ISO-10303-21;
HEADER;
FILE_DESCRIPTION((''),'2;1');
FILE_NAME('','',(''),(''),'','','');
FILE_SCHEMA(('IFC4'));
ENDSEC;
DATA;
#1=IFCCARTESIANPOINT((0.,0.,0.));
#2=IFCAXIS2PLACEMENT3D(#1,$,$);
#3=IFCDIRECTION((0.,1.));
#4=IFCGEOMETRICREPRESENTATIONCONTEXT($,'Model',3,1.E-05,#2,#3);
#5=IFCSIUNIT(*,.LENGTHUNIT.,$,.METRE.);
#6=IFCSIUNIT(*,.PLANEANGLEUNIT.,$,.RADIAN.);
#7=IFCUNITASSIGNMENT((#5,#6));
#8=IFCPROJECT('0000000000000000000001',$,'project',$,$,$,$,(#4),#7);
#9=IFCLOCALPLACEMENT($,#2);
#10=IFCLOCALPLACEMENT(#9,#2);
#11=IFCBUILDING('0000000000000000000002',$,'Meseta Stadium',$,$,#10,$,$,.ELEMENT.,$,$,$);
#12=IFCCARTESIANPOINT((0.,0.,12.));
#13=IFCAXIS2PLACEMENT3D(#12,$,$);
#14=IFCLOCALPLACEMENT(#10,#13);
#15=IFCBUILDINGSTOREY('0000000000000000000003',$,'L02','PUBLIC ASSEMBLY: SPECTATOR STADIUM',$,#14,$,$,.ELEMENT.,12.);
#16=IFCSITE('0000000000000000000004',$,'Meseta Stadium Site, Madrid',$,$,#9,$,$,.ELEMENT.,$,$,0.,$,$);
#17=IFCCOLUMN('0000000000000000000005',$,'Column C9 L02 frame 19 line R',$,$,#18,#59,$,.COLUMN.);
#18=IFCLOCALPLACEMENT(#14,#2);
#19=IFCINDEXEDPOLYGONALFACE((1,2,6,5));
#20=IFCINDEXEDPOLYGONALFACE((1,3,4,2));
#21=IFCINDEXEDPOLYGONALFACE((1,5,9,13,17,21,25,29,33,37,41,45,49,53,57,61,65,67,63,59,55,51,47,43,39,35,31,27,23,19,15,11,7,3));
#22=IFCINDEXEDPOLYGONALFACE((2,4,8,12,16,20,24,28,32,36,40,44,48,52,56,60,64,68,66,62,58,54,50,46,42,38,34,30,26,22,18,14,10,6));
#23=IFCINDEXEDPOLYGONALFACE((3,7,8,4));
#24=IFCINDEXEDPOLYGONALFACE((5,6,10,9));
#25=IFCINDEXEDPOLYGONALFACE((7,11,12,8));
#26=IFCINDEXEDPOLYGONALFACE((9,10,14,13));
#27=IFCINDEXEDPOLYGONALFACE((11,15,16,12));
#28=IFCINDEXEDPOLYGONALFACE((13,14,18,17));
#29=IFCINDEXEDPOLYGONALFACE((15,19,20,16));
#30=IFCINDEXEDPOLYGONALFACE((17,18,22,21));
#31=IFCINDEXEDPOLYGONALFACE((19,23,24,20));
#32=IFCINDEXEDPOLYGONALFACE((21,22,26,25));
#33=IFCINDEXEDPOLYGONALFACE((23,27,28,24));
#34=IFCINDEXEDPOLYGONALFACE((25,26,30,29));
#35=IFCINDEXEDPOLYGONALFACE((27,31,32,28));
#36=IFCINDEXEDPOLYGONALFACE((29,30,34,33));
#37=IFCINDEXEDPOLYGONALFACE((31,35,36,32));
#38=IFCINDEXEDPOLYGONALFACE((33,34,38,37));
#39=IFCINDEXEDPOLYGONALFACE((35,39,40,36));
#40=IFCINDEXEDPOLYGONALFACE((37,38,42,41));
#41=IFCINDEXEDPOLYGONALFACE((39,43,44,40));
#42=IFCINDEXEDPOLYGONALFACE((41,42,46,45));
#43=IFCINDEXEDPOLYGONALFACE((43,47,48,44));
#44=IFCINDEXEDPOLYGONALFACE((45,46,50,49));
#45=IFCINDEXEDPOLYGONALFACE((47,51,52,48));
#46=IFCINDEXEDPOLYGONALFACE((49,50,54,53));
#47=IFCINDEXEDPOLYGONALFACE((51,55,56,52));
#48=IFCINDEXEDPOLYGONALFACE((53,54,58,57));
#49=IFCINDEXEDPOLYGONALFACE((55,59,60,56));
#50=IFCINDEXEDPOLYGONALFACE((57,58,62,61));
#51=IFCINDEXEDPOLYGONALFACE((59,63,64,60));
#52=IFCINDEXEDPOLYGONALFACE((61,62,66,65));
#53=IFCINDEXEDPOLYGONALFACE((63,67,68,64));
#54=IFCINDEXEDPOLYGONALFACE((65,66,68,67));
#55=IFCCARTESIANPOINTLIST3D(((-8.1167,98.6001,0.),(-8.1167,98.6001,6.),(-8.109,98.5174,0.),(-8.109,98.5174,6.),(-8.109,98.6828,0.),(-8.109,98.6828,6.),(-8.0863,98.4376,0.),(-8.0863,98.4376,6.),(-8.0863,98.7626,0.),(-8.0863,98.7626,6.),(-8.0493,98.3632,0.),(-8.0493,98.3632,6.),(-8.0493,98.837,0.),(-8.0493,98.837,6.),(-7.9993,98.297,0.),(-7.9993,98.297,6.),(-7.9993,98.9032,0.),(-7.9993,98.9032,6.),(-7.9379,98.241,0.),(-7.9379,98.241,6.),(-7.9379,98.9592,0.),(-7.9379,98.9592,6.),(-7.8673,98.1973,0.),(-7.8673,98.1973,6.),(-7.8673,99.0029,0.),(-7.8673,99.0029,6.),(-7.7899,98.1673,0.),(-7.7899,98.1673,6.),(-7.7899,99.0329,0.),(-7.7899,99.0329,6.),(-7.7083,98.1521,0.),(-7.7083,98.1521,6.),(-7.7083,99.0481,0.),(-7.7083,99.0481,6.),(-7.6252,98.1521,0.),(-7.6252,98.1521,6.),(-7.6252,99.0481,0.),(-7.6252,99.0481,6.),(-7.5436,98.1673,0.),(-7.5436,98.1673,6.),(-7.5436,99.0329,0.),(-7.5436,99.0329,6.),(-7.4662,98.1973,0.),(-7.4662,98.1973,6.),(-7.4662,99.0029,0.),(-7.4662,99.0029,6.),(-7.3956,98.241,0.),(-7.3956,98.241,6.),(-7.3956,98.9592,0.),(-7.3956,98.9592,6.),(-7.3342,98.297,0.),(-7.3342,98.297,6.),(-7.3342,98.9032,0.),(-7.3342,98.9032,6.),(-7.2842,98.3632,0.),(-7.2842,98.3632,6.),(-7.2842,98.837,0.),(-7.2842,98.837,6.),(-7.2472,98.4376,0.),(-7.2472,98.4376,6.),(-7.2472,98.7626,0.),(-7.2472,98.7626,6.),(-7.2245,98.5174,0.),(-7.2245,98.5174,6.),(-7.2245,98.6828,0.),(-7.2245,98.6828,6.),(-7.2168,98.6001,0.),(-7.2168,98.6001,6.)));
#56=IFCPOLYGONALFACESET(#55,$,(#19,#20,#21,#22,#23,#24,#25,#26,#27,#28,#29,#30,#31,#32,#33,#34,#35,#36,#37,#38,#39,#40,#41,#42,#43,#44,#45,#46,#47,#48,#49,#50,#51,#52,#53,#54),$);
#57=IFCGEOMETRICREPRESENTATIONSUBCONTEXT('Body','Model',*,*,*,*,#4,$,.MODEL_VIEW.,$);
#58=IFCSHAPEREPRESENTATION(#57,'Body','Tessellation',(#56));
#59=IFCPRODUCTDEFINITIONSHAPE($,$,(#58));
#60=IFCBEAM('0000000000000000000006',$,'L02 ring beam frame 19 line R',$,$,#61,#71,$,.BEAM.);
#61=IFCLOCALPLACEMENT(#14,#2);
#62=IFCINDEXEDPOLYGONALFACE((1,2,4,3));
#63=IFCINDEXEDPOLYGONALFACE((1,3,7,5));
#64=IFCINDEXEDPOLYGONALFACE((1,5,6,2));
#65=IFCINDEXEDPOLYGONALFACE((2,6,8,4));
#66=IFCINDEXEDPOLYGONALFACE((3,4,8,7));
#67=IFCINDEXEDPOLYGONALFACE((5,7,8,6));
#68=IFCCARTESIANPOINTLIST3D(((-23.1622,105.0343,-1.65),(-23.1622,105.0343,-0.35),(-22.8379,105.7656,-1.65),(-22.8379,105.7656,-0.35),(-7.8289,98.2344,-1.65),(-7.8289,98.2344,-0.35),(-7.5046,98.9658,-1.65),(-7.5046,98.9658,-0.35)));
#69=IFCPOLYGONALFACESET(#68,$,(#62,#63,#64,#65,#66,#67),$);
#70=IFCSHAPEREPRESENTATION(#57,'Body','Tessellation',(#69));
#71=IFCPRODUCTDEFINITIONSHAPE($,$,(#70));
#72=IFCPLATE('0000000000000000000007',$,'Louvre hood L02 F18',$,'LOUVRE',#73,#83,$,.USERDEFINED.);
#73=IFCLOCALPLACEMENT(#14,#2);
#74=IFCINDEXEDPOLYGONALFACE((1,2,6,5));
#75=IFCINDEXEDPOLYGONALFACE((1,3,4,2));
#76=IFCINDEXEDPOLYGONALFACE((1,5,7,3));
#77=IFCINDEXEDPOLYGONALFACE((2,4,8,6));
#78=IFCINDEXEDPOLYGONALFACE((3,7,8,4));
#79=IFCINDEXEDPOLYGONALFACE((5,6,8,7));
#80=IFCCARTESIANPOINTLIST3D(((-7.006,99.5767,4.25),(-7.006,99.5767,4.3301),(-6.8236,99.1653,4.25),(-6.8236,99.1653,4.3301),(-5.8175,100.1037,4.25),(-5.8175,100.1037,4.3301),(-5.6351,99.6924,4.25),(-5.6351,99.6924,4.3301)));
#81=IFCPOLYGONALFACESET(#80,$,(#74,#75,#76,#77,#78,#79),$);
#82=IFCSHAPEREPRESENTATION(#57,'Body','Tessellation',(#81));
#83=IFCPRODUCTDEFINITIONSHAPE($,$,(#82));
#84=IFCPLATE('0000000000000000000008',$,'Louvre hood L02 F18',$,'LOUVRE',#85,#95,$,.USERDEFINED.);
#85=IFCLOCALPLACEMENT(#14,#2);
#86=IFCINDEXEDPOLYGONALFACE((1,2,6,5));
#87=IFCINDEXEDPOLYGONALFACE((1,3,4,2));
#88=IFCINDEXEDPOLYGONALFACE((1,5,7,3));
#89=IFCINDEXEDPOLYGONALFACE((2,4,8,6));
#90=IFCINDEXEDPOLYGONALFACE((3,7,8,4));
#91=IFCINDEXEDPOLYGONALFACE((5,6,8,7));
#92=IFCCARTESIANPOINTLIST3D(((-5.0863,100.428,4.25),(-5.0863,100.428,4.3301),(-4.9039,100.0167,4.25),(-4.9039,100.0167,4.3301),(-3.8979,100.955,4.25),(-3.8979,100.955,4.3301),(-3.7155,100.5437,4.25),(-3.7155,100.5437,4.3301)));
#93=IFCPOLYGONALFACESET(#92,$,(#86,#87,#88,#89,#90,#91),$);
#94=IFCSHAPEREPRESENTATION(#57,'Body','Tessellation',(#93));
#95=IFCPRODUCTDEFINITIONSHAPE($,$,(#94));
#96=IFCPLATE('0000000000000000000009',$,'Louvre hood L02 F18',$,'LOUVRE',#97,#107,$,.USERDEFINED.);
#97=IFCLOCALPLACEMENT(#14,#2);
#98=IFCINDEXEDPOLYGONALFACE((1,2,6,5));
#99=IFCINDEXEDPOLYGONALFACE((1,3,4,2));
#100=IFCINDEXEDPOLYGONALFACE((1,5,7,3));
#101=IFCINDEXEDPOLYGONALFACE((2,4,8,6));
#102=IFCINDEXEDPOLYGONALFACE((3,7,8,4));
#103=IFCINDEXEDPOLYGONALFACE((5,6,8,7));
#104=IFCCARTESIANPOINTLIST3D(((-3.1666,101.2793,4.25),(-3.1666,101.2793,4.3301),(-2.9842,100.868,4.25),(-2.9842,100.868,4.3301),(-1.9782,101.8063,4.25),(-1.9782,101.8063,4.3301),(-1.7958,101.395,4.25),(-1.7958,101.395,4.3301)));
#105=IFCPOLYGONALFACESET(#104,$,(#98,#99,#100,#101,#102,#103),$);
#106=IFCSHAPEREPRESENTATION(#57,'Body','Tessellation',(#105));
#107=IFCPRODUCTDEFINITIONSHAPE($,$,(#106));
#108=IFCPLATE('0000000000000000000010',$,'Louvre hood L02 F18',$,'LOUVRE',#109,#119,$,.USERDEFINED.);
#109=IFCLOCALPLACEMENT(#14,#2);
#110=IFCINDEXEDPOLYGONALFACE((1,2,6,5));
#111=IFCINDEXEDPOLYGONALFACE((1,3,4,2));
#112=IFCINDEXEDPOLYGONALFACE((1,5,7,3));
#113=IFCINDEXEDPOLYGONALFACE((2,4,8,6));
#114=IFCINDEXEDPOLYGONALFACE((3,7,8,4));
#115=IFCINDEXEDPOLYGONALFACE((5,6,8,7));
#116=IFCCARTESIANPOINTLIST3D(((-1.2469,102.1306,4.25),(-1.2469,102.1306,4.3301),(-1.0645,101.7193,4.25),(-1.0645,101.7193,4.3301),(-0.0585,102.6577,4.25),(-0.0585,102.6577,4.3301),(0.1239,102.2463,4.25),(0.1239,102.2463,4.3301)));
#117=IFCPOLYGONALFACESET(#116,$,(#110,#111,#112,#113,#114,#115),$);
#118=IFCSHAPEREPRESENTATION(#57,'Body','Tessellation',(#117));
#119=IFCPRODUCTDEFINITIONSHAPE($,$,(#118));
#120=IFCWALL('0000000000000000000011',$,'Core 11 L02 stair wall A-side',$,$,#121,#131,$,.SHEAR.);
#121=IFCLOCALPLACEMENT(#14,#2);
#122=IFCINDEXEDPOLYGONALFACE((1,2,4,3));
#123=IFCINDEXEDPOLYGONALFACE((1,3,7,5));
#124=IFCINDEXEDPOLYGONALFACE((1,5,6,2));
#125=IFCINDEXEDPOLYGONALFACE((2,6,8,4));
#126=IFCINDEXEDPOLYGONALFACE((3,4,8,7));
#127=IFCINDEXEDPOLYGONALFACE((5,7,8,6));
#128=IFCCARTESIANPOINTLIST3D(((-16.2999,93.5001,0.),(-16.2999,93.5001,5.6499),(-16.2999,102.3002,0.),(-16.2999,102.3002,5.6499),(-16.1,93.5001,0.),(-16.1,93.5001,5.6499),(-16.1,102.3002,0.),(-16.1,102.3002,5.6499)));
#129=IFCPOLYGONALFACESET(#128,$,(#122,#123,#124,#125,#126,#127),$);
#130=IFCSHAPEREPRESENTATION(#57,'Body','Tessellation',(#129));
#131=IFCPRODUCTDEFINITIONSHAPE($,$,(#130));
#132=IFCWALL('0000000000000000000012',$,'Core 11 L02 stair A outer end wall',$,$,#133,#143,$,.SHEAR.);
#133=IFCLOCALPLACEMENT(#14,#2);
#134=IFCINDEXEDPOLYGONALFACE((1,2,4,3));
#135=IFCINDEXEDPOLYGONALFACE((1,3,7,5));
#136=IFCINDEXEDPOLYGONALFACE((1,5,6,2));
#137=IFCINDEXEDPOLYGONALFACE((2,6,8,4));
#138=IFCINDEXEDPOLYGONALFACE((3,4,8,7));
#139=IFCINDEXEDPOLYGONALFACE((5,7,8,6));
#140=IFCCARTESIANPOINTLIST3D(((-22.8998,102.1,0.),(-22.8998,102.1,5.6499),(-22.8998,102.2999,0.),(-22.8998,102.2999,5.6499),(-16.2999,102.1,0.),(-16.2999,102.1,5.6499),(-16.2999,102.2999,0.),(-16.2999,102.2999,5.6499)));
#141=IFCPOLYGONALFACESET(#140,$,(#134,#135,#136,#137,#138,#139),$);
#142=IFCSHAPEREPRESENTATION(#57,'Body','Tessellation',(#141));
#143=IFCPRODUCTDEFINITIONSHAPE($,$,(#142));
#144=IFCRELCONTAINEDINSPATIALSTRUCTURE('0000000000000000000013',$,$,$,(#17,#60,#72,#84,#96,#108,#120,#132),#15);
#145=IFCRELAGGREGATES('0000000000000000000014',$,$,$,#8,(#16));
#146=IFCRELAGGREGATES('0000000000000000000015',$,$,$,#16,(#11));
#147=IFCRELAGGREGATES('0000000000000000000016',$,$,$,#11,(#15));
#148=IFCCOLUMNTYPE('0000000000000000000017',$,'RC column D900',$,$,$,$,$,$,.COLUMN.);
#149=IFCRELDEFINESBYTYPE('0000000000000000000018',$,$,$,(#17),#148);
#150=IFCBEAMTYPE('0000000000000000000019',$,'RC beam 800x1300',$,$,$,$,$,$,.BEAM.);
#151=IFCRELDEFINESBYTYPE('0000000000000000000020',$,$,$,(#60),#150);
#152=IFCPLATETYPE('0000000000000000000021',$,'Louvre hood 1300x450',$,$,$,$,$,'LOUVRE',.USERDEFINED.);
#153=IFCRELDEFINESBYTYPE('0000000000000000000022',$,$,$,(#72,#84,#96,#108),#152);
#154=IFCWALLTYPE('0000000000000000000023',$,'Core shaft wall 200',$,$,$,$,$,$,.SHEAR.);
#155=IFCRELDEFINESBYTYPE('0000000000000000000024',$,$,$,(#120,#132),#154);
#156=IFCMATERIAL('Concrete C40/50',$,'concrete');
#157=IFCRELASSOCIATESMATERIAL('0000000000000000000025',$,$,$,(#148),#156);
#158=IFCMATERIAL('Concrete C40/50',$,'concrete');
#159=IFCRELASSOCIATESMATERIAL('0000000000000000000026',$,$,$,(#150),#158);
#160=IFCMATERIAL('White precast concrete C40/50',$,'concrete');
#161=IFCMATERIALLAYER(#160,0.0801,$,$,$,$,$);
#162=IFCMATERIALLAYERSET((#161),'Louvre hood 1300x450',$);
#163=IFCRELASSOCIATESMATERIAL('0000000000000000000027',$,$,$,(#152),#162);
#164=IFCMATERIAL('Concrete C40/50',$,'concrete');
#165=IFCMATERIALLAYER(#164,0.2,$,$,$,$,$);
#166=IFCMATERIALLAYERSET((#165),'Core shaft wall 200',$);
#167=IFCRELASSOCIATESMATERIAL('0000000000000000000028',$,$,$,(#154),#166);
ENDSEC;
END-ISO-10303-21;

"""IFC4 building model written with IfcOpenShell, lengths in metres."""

from ifc_helpers import new_model, si_unit, direction, frame, frame_2d, origin, origin_2d, place, context, subcontext, project, spatial, rectangle, circle, extrude, material, layer, layer_set, material_profile, profile_set, type_object, element, save


model = new_model("IFC4")

# Units and contexts
model_context = context("Model", 3, precision=1e-05, world=origin(), true_north=direction((0.0, 1.0)))
body_context = subcontext(model_context, "Body", "Model", "MODEL_VIEW")
ifc_project = project(units=[si_unit("LENGTHUNIT", "METRE"), si_unit("PLANEANGLEUNIT", "RADIAN")], contexts=[model_context])

# Site, building, storey
site_placement = place(None, origin())
site = spatial("IfcSite", under=ifc_project, at=site_placement, Name="Meseta Stadium Site, Madrid", CompositionType="ELEMENT", RefElevation=0.0)
building_placement = place(site_placement, origin())
building = spatial("IfcBuilding", under=site, at=building_placement, Name="Meseta Stadium", CompositionType="ELEMENT")
storey_placement = place(building_placement, frame((0.0, 0.0, 12.0)))
storey = spatial("IfcBuildingStorey", under=building, at=storey_placement, Name="L02", Description="PUBLIC ASSEMBLY: SPECTATOR STADIUM", CompositionType="ELEMENT", Elevation=12.0)

# Column
ifc_material_1 = material(Name="Concrete C40/50", Category="concrete")
ifc_material_profile_1 = material_profile(ifc_material_1, circle(Radius=0.45, at=origin_2d()), Name="RC D900")
ifc_profile_set_1 = profile_set([ifc_material_profile_1], Name="Concrete C40/50")
column_type = type_object("IfcColumnType", Name="RC column D900", PredefinedType="COLUMN", material=ifc_profile_set_1)
column_placement = place(storey_placement, frame((-7.6667, 98.6001, 0.0), z_axis=(0.0, 0.0, 1.0), x_axis=(1.0, 0.0, 0.0)))
element("IfcColumn", 1, at=column_placement, inside=storey, type_object=column_type, Name="Column C9 L02 frame 19 line R", PredefinedType="COLUMN", context=body_context, shape_type="SweptSolid", body=[
    extrude(circle(Radius=0.45, at=origin_2d()), origin(), (0.0, 0.0, 1.0), 6.0),
])

# Beam
ifc_material_2 = material(Name="Concrete C40/50", Category="concrete")
ifc_material_profile_2 = material_profile(ifc_material_2, rectangle(XDim=0.8, YDim=1.3, at=origin_2d()), Name="RC 800x1300")
ifc_profile_set_2 = profile_set([ifc_material_profile_2], Name="Concrete C40/50")
beam_type = type_object("IfcBeamType", Name="RC beam 800x1300", PredefinedType="BEAM", material=ifc_profile_set_2)
beam_placement = place(storey_placement, frame((-7.6667, 98.6001, -1.0), z_axis=(-0.914143, 0.405393, 0.0), x_axis=(-0.405393, -0.914143, 0.0)))
element("IfcBeam", 2, at=beam_placement, inside=storey, type_object=beam_type, Name="L02 ring beam frame 19 line R", PredefinedType="BEAM", context=body_context, shape_type="SweptSolid", body=[
    extrude(rectangle(XDim=0.8, YDim=1.3, at=origin_2d()), origin(), (0.0, 0.0, 1.0), 16.7734),
])

# Plates
ifc_material_3 = material(Name="White precast concrete C40/50", Category="concrete")
ifc_layer_1 = layer(ifc_material_3, 0.0801)
ifc_layer_set_1 = layer_set([ifc_layer_1], Name="Louvre hood 1300x450")
plate_type = type_object("IfcPlateType", Name="Louvre hood 1300x450", ElementType="LOUVRE", PredefinedType="USERDEFINED", material=ifc_layer_set_1)
for number, where, z_axis, x_axis, name in (
    (3, (-6.3206, 99.6345, 4.25), (0.0, 0.0, 1.0), (-0.914139, -0.405401, 0.0), "Louvre hood L02 F18"),
    (4, (-4.4009, 100.4858, 4.25), (0.0, 0.0, 1.0), (-0.914139, -0.405401, 0.0), "Louvre hood L02 F18"),
    (5, (-2.4812, 101.3372, 4.25), (0.0, 0.0, 1.0), (-0.914139, -0.405401, 0.0), "Louvre hood L02 F18"),
    (6, (-0.5615, 102.1885, 4.25), (0.0, 0.0, 1.0), (-0.914139, -0.405401, 0.0), "Louvre hood L02 F18"),
):
    element("IfcPlate", number, at=place(storey_placement, frame(where, z_axis=z_axis, x_axis=x_axis)), inside=storey, type_object=plate_type, Name=name, ObjectType="LOUVRE", PredefinedType="USERDEFINED", context=body_context, shape_type="SweptSolid", body=[
        extrude(rectangle(XDim=1.3, YDim=0.45, at=origin_2d()), origin(), (0.0, 0.0, 1.0), 0.0801),
    ])

# Walls
ifc_material_4 = material(Name="Concrete C40/50", Category="concrete")
ifc_layer_2 = layer(ifc_material_4, 0.2)
ifc_layer_set_2 = layer_set([ifc_layer_2], Name="Core shaft wall 200")
wall_type_1 = type_object("IfcWallType", Name="Core shaft wall 200", PredefinedType="SHEAR", material=ifc_layer_set_2)
wall_1_placement = place(storey_placement, frame((-16.2, 102.3, 0.0), z_axis=(0.0, 0.0, 1.0), x_axis=(0.0, -1.0, 0.0)))
element("IfcWall", 7, at=wall_1_placement, inside=storey, type_object=wall_type_1, Name="Core 11 L02 stair wall A-side", PredefinedType="SHEAR", context=body_context, shape_type="SweptSolid", body=[
    extrude(rectangle(XDim=8.8, YDim=0.2, at=frame_2d((4.3999, 0.0))), origin(), (0.0, 0.0, 1.0), 5.6499),
])
wall_2_placement = place(storey_placement, frame((-16.3, 102.2, 0.0), z_axis=(0.0, 0.0, 1.0), x_axis=(-1.0, 0.0, 0.0)))
element("IfcWall", 8, at=wall_2_placement, inside=storey, type_object=wall_type_1, Name="Core 11 L02 stair A outer end wall", PredefinedType="SHEAR", context=body_context, shape_type="SweptSolid", body=[
    extrude(rectangle(XDim=6.5999, YDim=0.2, at=frame_2d((3.2998, 0.0))), origin(), (0.0, 0.0, 1.0), 5.6499),
])

save(model, "model.ifc")
